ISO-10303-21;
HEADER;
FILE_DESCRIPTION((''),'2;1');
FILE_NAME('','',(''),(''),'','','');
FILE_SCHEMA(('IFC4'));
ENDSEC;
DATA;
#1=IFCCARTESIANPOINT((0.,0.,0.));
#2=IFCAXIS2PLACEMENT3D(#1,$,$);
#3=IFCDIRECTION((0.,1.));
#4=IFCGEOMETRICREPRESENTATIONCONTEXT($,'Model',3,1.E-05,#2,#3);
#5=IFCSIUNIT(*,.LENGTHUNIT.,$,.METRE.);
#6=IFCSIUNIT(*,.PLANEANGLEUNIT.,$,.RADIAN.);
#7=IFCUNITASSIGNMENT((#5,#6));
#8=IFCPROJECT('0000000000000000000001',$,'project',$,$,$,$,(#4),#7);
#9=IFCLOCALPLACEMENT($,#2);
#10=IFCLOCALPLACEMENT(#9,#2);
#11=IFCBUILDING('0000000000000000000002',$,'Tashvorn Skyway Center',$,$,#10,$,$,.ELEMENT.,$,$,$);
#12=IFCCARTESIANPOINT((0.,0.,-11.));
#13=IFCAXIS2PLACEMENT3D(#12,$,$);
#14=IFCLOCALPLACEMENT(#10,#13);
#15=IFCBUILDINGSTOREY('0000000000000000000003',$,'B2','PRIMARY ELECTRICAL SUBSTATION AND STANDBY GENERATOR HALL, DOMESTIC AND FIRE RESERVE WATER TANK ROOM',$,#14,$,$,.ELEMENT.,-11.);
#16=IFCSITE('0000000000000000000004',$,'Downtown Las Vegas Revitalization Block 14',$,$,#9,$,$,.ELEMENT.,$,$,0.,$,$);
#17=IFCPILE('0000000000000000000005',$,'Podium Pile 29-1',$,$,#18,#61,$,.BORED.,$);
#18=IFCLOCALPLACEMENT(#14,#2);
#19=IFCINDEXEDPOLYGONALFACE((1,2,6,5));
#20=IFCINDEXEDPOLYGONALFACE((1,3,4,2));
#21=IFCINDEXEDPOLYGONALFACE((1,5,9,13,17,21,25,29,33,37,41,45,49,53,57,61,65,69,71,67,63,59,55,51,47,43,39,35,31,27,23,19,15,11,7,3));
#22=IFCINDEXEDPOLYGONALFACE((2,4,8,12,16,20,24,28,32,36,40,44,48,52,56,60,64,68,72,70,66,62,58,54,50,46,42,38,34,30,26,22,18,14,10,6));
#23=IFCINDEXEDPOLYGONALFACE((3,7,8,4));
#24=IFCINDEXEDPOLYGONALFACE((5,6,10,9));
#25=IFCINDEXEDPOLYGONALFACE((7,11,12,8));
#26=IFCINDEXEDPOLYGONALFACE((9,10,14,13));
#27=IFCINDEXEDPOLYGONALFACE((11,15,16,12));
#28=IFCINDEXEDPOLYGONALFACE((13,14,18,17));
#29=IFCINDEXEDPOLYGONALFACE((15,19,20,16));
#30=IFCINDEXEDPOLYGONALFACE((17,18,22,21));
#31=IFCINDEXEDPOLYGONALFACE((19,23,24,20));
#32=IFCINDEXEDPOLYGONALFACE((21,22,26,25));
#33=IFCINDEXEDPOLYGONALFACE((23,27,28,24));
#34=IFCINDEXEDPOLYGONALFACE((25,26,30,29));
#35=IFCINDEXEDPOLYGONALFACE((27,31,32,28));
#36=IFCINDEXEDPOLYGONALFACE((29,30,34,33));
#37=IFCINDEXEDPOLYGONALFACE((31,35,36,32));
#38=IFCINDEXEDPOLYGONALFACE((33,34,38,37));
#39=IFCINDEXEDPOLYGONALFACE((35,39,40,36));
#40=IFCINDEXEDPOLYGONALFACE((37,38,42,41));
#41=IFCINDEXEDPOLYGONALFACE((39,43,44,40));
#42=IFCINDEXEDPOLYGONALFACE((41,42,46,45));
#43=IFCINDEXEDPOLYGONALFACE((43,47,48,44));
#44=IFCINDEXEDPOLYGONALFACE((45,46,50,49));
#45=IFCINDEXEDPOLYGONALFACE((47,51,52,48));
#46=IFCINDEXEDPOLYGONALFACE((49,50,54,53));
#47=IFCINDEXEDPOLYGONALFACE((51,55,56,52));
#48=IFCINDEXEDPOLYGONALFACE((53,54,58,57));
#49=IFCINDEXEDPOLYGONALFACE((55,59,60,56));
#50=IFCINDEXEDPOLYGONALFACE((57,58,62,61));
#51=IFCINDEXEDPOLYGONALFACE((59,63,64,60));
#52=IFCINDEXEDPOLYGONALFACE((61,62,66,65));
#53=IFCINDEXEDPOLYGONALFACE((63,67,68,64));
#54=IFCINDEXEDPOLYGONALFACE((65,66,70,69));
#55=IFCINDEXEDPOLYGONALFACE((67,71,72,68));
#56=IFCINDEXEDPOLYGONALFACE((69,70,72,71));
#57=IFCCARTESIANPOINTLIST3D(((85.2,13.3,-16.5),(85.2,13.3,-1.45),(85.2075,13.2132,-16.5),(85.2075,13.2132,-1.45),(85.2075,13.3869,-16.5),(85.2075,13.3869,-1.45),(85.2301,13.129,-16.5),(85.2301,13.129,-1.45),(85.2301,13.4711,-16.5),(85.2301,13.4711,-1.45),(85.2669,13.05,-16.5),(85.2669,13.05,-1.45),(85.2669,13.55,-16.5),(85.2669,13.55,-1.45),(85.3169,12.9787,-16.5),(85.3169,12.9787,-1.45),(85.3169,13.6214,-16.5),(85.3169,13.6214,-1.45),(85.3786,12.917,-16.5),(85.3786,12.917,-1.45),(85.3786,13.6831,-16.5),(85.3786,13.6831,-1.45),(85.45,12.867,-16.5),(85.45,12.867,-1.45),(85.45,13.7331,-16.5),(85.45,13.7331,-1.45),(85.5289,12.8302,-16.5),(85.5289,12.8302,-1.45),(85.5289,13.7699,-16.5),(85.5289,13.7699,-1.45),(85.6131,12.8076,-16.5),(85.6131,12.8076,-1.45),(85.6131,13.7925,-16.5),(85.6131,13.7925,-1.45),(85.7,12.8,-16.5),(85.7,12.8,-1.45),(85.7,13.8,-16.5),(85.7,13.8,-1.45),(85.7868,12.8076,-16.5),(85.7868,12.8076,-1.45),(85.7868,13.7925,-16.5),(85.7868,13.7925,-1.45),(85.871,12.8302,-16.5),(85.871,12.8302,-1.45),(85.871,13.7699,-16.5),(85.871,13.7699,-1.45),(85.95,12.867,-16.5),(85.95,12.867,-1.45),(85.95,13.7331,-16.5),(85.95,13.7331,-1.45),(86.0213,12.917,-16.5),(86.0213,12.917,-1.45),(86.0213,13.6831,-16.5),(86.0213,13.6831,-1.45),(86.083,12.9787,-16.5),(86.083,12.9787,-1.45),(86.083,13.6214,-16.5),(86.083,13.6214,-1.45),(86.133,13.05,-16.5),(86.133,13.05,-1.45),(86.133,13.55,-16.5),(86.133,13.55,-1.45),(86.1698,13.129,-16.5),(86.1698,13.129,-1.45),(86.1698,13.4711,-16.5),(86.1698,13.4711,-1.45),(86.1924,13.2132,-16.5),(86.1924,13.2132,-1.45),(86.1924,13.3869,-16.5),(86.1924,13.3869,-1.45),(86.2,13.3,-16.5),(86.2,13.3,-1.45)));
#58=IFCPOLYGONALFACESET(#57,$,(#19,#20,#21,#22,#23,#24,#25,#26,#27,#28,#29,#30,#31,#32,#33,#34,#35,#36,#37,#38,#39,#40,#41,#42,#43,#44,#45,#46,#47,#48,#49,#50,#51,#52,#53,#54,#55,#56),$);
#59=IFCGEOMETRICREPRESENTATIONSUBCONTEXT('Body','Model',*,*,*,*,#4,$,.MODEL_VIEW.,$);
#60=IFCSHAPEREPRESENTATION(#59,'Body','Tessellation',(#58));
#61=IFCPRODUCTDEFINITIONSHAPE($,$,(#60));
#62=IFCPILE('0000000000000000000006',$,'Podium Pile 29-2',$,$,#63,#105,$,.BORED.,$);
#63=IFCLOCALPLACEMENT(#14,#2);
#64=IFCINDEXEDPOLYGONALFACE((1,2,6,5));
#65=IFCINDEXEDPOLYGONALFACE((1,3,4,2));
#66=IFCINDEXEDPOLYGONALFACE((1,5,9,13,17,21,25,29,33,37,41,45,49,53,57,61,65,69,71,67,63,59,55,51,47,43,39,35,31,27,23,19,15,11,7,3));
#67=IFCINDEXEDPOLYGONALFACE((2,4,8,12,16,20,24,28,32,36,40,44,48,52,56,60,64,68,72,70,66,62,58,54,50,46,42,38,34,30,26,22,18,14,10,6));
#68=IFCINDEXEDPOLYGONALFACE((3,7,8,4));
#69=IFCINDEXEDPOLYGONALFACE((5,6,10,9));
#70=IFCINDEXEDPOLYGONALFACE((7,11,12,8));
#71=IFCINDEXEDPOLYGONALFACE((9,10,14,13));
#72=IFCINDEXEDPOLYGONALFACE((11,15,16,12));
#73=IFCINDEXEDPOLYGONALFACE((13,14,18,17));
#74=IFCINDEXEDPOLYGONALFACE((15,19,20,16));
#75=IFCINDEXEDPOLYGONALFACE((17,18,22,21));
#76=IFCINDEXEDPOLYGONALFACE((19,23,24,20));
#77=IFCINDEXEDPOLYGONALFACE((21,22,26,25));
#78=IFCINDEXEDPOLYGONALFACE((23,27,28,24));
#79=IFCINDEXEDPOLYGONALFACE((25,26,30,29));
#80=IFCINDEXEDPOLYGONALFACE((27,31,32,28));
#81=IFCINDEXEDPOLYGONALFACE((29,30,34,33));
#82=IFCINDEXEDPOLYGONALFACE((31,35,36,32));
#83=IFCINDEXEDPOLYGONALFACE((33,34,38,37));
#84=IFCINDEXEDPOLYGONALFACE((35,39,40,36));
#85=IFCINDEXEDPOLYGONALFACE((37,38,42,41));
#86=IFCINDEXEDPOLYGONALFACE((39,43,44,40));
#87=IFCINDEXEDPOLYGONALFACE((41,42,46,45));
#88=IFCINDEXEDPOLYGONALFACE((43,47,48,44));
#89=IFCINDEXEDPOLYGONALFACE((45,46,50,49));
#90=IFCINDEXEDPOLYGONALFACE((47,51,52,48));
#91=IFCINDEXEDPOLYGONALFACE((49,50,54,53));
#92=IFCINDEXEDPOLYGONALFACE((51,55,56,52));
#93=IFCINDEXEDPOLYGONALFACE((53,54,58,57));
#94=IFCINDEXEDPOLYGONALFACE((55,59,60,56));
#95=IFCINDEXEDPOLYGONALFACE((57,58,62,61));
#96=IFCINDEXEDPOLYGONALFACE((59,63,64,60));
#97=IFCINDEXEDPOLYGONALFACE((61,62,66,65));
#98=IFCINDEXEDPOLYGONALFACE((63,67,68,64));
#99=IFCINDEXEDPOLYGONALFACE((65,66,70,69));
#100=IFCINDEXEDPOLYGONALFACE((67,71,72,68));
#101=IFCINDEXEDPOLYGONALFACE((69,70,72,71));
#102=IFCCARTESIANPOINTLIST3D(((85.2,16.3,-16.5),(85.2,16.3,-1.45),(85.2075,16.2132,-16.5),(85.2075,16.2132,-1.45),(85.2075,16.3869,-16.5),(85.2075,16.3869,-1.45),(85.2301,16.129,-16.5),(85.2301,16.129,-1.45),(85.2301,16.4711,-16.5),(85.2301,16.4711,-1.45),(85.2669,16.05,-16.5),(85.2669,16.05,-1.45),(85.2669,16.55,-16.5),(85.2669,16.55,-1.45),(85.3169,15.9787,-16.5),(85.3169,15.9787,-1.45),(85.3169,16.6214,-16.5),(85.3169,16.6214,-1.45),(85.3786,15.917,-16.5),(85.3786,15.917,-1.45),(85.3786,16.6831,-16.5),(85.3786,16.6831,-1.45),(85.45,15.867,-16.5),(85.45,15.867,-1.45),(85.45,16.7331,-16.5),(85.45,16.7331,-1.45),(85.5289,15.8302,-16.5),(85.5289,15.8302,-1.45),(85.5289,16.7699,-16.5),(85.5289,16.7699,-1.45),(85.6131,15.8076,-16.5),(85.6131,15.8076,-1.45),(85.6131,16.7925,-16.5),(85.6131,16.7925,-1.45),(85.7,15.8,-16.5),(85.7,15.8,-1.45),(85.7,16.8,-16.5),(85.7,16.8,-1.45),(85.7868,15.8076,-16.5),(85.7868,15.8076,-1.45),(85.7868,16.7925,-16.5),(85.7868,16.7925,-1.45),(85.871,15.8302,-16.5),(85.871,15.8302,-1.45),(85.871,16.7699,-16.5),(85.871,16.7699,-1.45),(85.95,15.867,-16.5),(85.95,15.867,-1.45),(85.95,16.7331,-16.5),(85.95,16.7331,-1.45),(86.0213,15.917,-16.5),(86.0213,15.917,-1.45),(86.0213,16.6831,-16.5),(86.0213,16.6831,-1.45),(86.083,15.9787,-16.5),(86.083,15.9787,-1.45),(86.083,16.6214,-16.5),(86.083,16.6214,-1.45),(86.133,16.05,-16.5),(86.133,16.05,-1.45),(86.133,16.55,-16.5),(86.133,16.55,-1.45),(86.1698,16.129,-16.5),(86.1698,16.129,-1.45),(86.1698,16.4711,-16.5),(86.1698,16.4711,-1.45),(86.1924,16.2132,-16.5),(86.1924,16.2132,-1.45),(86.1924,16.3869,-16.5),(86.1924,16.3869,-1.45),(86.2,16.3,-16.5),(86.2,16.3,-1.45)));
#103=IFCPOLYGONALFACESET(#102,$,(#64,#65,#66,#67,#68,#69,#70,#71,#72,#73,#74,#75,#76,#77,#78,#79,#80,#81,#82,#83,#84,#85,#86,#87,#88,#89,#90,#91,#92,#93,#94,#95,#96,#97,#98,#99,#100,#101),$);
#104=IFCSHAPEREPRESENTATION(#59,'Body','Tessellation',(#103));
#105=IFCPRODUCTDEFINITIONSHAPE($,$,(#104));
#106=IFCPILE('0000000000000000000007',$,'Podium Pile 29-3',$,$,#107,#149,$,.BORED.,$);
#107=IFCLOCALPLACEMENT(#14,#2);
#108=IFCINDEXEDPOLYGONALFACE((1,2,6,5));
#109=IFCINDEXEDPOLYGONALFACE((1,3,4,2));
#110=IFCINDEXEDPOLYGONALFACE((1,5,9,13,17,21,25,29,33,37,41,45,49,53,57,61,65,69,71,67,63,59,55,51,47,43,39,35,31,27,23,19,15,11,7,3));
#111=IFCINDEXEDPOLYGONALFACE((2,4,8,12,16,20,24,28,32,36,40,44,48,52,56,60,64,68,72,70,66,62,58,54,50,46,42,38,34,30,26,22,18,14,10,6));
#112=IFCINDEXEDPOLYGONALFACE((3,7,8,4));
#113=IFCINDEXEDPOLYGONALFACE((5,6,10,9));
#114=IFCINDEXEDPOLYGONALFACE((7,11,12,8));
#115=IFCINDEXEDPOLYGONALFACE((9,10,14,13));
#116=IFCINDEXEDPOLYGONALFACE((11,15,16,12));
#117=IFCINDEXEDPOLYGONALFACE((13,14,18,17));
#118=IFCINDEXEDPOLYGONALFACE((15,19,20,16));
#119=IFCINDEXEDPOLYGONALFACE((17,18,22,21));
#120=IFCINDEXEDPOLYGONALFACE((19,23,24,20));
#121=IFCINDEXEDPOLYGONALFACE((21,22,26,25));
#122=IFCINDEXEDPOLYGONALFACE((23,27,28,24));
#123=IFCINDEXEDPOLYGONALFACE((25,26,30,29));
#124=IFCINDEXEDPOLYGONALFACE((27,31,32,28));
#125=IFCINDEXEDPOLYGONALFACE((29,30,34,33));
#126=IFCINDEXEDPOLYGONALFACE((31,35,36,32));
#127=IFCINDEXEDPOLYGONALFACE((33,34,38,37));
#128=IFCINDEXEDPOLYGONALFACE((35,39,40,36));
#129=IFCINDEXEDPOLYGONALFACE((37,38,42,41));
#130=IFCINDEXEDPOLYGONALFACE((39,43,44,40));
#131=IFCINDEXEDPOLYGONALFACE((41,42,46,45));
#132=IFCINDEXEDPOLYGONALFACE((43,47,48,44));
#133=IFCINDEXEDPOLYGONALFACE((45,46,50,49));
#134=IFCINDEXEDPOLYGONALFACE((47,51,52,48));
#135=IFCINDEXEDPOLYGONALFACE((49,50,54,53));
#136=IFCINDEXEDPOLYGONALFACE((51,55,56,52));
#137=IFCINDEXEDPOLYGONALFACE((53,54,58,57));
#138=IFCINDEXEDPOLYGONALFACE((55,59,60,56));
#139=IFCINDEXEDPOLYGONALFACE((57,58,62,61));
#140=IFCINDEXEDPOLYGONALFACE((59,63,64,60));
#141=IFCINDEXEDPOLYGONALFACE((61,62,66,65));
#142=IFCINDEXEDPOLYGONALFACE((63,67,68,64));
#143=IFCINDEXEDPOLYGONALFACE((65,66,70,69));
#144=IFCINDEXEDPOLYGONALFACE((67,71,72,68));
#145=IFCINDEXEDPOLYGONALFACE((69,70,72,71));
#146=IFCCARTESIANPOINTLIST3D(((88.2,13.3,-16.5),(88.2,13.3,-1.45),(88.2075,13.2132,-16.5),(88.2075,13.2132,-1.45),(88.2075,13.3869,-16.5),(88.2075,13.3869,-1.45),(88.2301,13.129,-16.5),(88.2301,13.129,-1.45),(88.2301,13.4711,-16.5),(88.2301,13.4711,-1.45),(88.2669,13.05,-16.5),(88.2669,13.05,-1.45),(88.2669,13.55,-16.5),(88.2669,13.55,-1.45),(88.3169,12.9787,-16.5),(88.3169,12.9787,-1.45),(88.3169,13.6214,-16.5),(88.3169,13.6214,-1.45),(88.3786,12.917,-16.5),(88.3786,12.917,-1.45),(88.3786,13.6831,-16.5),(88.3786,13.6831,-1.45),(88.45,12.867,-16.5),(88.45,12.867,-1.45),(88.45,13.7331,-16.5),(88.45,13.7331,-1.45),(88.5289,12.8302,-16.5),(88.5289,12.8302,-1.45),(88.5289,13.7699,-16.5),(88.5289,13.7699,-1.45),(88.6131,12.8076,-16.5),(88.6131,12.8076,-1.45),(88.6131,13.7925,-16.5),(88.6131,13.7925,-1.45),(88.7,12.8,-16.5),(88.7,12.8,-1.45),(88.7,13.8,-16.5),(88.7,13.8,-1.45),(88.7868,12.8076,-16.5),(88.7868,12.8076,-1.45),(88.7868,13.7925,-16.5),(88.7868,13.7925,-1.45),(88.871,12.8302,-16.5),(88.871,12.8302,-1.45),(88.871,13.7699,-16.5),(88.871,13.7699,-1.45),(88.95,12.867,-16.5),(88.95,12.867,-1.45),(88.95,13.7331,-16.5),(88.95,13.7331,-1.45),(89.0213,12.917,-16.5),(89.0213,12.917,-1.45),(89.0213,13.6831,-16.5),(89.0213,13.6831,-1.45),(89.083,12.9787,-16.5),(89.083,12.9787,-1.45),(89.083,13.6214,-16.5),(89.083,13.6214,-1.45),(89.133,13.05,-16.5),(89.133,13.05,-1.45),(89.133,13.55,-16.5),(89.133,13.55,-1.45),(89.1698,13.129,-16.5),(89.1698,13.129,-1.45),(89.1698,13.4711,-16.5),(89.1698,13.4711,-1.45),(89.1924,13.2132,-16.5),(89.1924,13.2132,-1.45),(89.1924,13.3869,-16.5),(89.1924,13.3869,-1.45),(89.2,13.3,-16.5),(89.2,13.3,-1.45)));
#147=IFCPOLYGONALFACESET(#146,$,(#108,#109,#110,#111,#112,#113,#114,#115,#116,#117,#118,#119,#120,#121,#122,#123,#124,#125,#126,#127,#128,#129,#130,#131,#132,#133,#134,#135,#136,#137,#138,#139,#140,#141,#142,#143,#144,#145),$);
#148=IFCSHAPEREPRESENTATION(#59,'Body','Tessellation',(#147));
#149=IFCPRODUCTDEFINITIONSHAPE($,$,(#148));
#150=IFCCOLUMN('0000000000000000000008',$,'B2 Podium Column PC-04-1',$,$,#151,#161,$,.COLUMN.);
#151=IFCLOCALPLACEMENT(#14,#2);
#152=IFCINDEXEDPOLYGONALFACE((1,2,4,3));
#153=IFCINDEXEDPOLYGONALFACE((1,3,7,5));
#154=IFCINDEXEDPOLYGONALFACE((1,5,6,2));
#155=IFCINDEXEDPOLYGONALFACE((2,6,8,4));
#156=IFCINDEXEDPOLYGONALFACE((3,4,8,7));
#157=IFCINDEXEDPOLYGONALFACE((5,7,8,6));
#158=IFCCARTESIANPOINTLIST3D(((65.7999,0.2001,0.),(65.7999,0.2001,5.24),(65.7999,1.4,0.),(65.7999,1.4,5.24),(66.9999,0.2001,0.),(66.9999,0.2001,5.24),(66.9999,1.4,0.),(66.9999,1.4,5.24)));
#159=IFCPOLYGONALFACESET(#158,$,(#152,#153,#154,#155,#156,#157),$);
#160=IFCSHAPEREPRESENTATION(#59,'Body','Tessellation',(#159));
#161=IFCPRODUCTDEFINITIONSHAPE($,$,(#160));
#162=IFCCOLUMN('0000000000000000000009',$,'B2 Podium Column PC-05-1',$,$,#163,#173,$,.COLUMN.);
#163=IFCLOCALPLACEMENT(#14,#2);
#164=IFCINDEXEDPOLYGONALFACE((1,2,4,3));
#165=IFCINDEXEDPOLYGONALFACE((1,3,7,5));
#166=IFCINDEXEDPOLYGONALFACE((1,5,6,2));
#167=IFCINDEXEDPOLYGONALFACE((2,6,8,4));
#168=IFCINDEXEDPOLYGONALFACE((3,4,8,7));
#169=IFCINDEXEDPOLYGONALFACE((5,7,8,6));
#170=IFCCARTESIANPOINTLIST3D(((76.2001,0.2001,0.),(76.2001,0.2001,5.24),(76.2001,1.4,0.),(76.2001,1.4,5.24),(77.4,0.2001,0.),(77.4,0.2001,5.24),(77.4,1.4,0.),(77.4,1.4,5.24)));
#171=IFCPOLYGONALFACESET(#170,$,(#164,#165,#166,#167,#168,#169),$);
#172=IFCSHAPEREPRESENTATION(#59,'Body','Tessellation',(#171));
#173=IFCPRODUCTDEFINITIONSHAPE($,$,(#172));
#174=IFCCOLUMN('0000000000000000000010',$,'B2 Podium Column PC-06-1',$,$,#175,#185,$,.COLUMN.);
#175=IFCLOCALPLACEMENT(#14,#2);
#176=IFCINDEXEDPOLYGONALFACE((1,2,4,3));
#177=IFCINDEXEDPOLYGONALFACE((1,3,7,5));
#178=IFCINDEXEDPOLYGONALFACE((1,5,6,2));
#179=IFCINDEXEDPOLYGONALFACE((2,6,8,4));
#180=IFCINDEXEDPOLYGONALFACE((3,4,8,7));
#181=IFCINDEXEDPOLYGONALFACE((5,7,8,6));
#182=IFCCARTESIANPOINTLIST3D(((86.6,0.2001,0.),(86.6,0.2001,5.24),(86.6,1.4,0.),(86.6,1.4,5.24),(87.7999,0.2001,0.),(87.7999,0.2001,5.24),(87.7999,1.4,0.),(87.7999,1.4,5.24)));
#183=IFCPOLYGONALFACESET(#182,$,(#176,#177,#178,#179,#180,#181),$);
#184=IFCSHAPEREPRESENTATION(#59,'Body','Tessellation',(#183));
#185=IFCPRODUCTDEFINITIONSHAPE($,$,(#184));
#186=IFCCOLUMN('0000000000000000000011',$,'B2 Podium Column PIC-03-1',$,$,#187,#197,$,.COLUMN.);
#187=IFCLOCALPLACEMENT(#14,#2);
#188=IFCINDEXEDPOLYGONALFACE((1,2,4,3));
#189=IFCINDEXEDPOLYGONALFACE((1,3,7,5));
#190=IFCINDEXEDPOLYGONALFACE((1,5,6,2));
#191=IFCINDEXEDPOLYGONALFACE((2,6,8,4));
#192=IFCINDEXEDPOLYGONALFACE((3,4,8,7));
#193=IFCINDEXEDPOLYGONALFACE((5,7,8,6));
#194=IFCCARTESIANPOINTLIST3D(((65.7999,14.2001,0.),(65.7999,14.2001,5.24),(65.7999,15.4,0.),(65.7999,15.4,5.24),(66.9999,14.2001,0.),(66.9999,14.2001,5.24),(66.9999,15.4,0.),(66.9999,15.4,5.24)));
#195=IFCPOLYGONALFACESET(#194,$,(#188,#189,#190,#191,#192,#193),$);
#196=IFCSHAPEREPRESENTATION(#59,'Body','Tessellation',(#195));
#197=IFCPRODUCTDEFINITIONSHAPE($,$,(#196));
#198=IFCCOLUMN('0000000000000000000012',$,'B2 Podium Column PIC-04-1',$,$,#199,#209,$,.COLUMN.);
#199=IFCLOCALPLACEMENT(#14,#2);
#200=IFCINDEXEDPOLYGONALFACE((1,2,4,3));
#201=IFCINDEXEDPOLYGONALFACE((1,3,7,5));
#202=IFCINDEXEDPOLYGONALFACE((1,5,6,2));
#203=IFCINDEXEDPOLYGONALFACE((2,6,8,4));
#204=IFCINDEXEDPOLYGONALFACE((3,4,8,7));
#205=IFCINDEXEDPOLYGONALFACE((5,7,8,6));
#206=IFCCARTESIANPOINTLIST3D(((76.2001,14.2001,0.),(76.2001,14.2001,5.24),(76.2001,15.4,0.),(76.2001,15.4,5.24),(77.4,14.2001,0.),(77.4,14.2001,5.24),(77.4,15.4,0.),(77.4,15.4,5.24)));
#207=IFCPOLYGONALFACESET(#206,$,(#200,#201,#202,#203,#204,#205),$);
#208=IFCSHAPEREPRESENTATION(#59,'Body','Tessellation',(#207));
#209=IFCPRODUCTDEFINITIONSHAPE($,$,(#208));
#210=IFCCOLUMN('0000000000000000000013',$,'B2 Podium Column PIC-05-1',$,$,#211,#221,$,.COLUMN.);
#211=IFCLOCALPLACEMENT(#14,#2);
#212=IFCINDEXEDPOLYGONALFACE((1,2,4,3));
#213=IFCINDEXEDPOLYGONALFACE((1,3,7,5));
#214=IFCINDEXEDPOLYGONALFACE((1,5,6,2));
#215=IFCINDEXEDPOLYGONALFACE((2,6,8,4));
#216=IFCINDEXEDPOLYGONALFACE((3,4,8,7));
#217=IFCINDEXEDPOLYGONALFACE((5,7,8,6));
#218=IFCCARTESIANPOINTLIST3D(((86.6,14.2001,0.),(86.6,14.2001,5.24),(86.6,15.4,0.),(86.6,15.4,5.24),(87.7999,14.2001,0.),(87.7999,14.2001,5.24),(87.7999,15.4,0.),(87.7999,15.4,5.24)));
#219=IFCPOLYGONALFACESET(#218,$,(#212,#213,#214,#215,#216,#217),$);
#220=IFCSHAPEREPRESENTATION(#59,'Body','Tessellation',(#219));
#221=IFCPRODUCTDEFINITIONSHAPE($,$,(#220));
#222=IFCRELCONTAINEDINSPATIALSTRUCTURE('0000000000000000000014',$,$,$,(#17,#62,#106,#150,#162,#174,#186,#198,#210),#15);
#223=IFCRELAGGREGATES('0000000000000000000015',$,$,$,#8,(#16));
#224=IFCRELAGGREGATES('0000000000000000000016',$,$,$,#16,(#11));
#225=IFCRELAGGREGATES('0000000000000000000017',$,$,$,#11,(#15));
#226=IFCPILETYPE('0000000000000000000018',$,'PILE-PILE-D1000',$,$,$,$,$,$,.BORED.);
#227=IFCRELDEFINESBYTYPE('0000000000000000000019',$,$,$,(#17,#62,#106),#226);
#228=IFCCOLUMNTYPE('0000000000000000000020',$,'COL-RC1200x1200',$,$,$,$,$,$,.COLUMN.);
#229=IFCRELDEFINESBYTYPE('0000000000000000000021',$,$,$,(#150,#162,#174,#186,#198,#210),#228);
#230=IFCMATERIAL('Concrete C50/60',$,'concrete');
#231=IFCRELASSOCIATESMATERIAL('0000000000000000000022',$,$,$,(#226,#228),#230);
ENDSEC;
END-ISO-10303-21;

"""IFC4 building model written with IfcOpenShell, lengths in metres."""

from ifc_helpers import new_model, si_unit, direction, frame, origin, origin_2d, place, context, subcontext, project, spatial, rectangle, circle, extrude, material, material_profile, profile_set, type_object, element, save


model = new_model("IFC4")

# Units and contexts
model_context = context("Model", 3, precision=1e-05, world=origin(), true_north=direction((0.0, 1.0)))
body_context = subcontext(model_context, "Body", "Model", "MODEL_VIEW")
ifc_project = project(units=[si_unit("LENGTHUNIT", "METRE"), si_unit("PLANEANGLEUNIT", "RADIAN")], contexts=[model_context])

# Site, building, storey
site_placement = place(None, origin())
site = spatial("IfcSite", under=ifc_project, at=site_placement, Name="Downtown Las Vegas Revitalization Block 14", CompositionType="ELEMENT", RefElevation=0.0)
building_placement = place(site_placement, origin())
building = spatial("IfcBuilding", under=site, at=building_placement, Name="Tashvorn Skyway Center", CompositionType="ELEMENT")
storey_placement = place(building_placement, frame((0.0, 0.0, -11.0)))
storey = spatial("IfcBuildingStorey", under=building, at=storey_placement, Name="B2", Description="PRIMARY ELECTRICAL SUBSTATION AND STANDBY GENERATOR HALL, DOMESTIC AND FIRE RESERVE WATER TANK ROOM", CompositionType="ELEMENT", Elevation=-11.0)

# Piles
ifc_material_1 = material(Name="Concrete C50/60", Category="concrete")
ifc_material_profile_1 = material_profile(ifc_material_1, circle(Radius=0.5, at=origin_2d()), Name="PILE-D1000")
ifc_profile_set_1 = profile_set([ifc_material_profile_1], Name="Concrete C50/60")
pile_type = type_object("IfcPileType", Name="PILE-PILE-D1000", PredefinedType="BORED", material=ifc_profile_set_1)
for number, where, z_axis, x_axis, name in (
    (1, (85.7, 13.3, -1.45), (0.0, 0.0, -1.0), (1.0, 0.0, 0.0), "Podium Pile 29-1"),
    (2, (85.7, 16.3, -1.45), (0.0, 0.0, -1.0), (1.0, 0.0, 0.0), "Podium Pile 29-2"),
    (3, (88.7, 13.3, -1.45), (0.0, 0.0, -1.0), (1.0, 0.0, 0.0), "Podium Pile 29-3"),
):
    element("IfcPile", number, at=place(storey_placement, frame(where, z_axis=z_axis, x_axis=x_axis)), inside=storey, type_object=pile_type, Name=name, PredefinedType="BORED", context=body_context, shape_type="SweptSolid", body=[
        extrude(circle(Radius=0.5, at=origin_2d()), origin(), (0.0, 0.0, 1.0), 15.05),
    ])

# Columns
ifc_material_profile_2 = material_profile(ifc_material_1, rectangle(XDim=1.2, YDim=1.2, at=origin_2d()), Name="RC1200x1200")
ifc_profile_set_2 = profile_set([ifc_material_profile_2], Name="Concrete C50/60")
column_type = type_object("IfcColumnType", Name="COL-RC1200x1200", PredefinedType="COLUMN", material=ifc_profile_set_2)
for number, where, z_axis, x_axis, name in (
    (4, (66.3999, 0.8, 0.0), (0.0, 0.0, 1.0), (1.0, 0.0, 0.0), "B2 Podium Column PC-04-1"),
    (5, (76.8, 0.8, 0.0), (0.0, 0.0, 1.0), (1.0, 0.0, 0.0), "B2 Podium Column PC-05-1"),
    (6, (87.2, 0.8, 0.0), (0.0, 0.0, 1.0), (1.0, 0.0, 0.0), "B2 Podium Column PC-06-1"),
    (7, (66.3999, 14.8, 0.0), (0.0, 0.0, 1.0), (1.0, 0.0, 0.0), "B2 Podium Column PIC-03-1"),
    (8, (76.8, 14.8, 0.0), (0.0, 0.0, 1.0), (1.0, 0.0, 0.0), "B2 Podium Column PIC-04-1"),
    (9, (87.2, 14.8, 0.0), (0.0, 0.0, 1.0), (1.0, 0.0, 0.0), "B2 Podium Column PIC-05-1"),
):
    element("IfcColumn", number, at=place(storey_placement, frame(where, z_axis=z_axis, x_axis=x_axis)), inside=storey, type_object=column_type, Name=name, PredefinedType="COLUMN", context=body_context, shape_type="SweptSolid", body=[
        extrude(rectangle(XDim=1.2, YDim=1.2, at=origin_2d()), origin(), (0.0, 0.0, 1.0), 5.24),
    ])

save(model, "model.ifc")
